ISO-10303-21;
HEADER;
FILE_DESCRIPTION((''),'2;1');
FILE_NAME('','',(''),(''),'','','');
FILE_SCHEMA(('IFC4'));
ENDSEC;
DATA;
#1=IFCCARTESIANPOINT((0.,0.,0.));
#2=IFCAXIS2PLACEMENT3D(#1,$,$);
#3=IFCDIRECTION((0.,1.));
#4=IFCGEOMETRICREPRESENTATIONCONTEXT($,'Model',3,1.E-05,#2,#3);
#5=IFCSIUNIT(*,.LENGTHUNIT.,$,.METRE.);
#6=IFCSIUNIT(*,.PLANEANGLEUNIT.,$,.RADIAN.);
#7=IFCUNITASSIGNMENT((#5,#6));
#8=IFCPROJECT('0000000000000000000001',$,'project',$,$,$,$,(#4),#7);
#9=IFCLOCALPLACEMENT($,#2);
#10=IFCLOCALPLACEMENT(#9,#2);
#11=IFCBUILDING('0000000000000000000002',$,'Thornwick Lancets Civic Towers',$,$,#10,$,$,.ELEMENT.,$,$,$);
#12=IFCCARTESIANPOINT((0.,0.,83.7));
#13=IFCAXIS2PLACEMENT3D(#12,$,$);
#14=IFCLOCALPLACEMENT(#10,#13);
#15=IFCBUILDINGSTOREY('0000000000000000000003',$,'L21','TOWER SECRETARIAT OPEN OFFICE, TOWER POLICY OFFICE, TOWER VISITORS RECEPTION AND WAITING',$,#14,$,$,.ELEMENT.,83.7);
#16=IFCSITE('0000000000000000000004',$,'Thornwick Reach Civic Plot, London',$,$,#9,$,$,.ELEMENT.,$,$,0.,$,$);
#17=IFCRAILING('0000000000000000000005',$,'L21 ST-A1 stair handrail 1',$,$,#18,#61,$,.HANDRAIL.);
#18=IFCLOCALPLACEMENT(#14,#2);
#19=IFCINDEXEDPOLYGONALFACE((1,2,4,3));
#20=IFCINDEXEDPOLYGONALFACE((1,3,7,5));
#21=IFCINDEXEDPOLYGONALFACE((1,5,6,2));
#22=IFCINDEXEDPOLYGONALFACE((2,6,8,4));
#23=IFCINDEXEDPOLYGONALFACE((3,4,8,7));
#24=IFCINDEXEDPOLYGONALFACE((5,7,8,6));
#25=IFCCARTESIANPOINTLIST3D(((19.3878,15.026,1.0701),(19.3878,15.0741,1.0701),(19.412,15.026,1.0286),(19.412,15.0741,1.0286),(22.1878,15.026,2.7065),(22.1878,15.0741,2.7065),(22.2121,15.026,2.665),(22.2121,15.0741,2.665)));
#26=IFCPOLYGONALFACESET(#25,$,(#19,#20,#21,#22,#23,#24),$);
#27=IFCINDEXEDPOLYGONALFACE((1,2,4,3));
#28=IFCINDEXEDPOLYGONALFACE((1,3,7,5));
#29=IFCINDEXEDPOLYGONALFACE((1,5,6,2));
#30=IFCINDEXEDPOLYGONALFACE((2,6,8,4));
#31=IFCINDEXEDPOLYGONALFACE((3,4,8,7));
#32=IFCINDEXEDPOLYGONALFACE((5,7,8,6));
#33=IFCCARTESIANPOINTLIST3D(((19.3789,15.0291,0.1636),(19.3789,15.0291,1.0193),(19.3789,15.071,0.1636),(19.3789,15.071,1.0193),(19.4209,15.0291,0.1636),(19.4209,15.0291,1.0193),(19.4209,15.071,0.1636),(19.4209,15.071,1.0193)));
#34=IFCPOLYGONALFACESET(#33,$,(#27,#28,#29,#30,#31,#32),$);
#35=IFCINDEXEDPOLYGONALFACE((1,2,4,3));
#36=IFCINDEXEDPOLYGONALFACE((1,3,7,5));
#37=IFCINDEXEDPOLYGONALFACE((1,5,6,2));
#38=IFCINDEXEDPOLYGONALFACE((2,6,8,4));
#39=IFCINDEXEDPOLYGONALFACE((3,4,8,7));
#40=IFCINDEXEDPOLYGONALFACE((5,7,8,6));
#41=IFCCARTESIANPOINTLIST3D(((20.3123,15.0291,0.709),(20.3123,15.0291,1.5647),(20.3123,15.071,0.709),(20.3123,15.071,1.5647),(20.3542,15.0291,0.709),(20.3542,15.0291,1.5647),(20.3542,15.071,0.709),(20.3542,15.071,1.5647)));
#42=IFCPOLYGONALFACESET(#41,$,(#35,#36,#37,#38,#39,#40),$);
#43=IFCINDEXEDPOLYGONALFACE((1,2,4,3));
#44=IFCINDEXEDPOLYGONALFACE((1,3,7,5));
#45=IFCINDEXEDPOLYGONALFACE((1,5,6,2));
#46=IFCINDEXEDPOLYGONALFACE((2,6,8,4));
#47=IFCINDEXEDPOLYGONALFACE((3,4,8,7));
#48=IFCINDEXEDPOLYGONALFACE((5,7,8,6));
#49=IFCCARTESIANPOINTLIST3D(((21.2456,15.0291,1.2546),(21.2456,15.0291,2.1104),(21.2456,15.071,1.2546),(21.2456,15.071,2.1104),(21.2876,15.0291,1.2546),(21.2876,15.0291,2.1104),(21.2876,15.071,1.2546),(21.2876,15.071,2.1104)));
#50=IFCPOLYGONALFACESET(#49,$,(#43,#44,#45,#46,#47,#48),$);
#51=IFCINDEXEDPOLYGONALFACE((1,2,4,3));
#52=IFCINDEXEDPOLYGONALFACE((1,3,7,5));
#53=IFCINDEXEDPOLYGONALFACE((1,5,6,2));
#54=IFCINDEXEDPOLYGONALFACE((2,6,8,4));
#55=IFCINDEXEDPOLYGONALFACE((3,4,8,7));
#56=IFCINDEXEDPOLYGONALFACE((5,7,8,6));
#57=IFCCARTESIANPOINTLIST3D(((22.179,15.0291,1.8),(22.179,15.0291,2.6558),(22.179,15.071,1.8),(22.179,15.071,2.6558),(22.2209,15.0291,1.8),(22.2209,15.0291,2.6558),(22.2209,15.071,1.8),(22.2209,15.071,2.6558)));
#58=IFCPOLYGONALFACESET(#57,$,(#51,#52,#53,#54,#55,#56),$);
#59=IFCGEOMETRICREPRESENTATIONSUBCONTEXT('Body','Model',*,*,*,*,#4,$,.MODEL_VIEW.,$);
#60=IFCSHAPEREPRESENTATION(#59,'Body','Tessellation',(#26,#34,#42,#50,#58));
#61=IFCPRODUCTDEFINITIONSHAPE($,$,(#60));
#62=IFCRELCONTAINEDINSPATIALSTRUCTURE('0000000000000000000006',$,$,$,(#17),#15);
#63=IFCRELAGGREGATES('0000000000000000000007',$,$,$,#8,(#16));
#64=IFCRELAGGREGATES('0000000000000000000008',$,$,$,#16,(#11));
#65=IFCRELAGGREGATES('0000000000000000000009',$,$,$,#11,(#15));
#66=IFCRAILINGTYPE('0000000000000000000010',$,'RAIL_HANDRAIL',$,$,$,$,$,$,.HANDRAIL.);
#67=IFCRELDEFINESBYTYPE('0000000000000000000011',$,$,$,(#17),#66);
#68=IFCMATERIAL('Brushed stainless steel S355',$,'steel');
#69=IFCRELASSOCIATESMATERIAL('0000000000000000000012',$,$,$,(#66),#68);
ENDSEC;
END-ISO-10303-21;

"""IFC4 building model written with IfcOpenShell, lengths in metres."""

from ifc_helpers import new_model, si_unit, direction, frame, origin, origin_2d, place, context, subcontext, project, spatial, rectangle, extrude, material, type_object, element, save


model = new_model("IFC4")

# Units and contexts
model_context = context("Model", 3, precision=1e-05, world=origin(), true_north=direction((0.0, 1.0)))
body_context = subcontext(model_context, "Body", "Model", "MODEL_VIEW")
ifc_project = project(units=[si_unit("LENGTHUNIT", "METRE"), si_unit("PLANEANGLEUNIT", "RADIAN")], contexts=[model_context])

# Site, building, storey
site_placement = place(None, origin())
site = spatial("IfcSite", under=ifc_project, at=site_placement, Name="Thornwick Reach Civic Plot, London", CompositionType="ELEMENT", RefElevation=0.0)
building_placement = place(site_placement, origin())
building = spatial("IfcBuilding", under=site, at=building_placement, Name="Thornwick Lancets Civic Towers", CompositionType="ELEMENT")
storey_placement = place(building_placement, frame((0.0, 0.0, 83.7)))
storey = spatial("IfcBuildingStorey", under=building, at=storey_placement, Name="L21", Description="TOWER SECRETARIAT OPEN OFFICE, TOWER POLICY OFFICE, TOWER VISITORS RECEPTION AND WAITING", CompositionType="ELEMENT", Elevation=83.7)

# Railing
ifc_material_1 = material(Name="Brushed stainless steel S355", Category="steel")
railing_type = type_object("IfcRailingType", Name="RAIL_HANDRAIL", PredefinedType="HANDRAIL", material=ifc_material_1)
railing_placement = place(storey_placement, frame((19.3999, 15.05, 0.1636)))
element("IfcRailing", 1, at=railing_placement, inside=storey, type_object=railing_type, Name="L21 ST-A1 stair handrail 1", PredefinedType="HANDRAIL", context=body_context, shape_type="SweptSolid", body=[
    extrude(rectangle(XDim=0.0481, YDim=0.0481, at=origin_2d()), frame((0.0, 0.0, 0.8857), z_axis=(0.863361, 0.0, 0.504587), x_axis=(0.0, 1.0, 0.0)), (0.0, 0.0, 1.0), 3.2432),
    extrude(rectangle(XDim=0.042, YDim=0.042, at=origin_2d()), origin(), (0.0, 0.0, 1.0), 0.8557),
    extrude(rectangle(XDim=0.042, YDim=0.042, at=origin_2d()), frame((0.9333, 0.0, 0.5454)), (0.0, 0.0, 1.0), 0.8557),
    extrude(rectangle(XDim=0.042, YDim=0.042, at=origin_2d()), frame((1.8667, 0.0, 1.0911)), (0.0, 0.0, 1.0), 0.8557),
    extrude(rectangle(XDim=0.042, YDim=0.042, at=origin_2d()), frame((2.8, 0.0, 1.6365)), (0.0, 0.0, 1.0), 0.8557),
])

save(model, "model.ifc")
